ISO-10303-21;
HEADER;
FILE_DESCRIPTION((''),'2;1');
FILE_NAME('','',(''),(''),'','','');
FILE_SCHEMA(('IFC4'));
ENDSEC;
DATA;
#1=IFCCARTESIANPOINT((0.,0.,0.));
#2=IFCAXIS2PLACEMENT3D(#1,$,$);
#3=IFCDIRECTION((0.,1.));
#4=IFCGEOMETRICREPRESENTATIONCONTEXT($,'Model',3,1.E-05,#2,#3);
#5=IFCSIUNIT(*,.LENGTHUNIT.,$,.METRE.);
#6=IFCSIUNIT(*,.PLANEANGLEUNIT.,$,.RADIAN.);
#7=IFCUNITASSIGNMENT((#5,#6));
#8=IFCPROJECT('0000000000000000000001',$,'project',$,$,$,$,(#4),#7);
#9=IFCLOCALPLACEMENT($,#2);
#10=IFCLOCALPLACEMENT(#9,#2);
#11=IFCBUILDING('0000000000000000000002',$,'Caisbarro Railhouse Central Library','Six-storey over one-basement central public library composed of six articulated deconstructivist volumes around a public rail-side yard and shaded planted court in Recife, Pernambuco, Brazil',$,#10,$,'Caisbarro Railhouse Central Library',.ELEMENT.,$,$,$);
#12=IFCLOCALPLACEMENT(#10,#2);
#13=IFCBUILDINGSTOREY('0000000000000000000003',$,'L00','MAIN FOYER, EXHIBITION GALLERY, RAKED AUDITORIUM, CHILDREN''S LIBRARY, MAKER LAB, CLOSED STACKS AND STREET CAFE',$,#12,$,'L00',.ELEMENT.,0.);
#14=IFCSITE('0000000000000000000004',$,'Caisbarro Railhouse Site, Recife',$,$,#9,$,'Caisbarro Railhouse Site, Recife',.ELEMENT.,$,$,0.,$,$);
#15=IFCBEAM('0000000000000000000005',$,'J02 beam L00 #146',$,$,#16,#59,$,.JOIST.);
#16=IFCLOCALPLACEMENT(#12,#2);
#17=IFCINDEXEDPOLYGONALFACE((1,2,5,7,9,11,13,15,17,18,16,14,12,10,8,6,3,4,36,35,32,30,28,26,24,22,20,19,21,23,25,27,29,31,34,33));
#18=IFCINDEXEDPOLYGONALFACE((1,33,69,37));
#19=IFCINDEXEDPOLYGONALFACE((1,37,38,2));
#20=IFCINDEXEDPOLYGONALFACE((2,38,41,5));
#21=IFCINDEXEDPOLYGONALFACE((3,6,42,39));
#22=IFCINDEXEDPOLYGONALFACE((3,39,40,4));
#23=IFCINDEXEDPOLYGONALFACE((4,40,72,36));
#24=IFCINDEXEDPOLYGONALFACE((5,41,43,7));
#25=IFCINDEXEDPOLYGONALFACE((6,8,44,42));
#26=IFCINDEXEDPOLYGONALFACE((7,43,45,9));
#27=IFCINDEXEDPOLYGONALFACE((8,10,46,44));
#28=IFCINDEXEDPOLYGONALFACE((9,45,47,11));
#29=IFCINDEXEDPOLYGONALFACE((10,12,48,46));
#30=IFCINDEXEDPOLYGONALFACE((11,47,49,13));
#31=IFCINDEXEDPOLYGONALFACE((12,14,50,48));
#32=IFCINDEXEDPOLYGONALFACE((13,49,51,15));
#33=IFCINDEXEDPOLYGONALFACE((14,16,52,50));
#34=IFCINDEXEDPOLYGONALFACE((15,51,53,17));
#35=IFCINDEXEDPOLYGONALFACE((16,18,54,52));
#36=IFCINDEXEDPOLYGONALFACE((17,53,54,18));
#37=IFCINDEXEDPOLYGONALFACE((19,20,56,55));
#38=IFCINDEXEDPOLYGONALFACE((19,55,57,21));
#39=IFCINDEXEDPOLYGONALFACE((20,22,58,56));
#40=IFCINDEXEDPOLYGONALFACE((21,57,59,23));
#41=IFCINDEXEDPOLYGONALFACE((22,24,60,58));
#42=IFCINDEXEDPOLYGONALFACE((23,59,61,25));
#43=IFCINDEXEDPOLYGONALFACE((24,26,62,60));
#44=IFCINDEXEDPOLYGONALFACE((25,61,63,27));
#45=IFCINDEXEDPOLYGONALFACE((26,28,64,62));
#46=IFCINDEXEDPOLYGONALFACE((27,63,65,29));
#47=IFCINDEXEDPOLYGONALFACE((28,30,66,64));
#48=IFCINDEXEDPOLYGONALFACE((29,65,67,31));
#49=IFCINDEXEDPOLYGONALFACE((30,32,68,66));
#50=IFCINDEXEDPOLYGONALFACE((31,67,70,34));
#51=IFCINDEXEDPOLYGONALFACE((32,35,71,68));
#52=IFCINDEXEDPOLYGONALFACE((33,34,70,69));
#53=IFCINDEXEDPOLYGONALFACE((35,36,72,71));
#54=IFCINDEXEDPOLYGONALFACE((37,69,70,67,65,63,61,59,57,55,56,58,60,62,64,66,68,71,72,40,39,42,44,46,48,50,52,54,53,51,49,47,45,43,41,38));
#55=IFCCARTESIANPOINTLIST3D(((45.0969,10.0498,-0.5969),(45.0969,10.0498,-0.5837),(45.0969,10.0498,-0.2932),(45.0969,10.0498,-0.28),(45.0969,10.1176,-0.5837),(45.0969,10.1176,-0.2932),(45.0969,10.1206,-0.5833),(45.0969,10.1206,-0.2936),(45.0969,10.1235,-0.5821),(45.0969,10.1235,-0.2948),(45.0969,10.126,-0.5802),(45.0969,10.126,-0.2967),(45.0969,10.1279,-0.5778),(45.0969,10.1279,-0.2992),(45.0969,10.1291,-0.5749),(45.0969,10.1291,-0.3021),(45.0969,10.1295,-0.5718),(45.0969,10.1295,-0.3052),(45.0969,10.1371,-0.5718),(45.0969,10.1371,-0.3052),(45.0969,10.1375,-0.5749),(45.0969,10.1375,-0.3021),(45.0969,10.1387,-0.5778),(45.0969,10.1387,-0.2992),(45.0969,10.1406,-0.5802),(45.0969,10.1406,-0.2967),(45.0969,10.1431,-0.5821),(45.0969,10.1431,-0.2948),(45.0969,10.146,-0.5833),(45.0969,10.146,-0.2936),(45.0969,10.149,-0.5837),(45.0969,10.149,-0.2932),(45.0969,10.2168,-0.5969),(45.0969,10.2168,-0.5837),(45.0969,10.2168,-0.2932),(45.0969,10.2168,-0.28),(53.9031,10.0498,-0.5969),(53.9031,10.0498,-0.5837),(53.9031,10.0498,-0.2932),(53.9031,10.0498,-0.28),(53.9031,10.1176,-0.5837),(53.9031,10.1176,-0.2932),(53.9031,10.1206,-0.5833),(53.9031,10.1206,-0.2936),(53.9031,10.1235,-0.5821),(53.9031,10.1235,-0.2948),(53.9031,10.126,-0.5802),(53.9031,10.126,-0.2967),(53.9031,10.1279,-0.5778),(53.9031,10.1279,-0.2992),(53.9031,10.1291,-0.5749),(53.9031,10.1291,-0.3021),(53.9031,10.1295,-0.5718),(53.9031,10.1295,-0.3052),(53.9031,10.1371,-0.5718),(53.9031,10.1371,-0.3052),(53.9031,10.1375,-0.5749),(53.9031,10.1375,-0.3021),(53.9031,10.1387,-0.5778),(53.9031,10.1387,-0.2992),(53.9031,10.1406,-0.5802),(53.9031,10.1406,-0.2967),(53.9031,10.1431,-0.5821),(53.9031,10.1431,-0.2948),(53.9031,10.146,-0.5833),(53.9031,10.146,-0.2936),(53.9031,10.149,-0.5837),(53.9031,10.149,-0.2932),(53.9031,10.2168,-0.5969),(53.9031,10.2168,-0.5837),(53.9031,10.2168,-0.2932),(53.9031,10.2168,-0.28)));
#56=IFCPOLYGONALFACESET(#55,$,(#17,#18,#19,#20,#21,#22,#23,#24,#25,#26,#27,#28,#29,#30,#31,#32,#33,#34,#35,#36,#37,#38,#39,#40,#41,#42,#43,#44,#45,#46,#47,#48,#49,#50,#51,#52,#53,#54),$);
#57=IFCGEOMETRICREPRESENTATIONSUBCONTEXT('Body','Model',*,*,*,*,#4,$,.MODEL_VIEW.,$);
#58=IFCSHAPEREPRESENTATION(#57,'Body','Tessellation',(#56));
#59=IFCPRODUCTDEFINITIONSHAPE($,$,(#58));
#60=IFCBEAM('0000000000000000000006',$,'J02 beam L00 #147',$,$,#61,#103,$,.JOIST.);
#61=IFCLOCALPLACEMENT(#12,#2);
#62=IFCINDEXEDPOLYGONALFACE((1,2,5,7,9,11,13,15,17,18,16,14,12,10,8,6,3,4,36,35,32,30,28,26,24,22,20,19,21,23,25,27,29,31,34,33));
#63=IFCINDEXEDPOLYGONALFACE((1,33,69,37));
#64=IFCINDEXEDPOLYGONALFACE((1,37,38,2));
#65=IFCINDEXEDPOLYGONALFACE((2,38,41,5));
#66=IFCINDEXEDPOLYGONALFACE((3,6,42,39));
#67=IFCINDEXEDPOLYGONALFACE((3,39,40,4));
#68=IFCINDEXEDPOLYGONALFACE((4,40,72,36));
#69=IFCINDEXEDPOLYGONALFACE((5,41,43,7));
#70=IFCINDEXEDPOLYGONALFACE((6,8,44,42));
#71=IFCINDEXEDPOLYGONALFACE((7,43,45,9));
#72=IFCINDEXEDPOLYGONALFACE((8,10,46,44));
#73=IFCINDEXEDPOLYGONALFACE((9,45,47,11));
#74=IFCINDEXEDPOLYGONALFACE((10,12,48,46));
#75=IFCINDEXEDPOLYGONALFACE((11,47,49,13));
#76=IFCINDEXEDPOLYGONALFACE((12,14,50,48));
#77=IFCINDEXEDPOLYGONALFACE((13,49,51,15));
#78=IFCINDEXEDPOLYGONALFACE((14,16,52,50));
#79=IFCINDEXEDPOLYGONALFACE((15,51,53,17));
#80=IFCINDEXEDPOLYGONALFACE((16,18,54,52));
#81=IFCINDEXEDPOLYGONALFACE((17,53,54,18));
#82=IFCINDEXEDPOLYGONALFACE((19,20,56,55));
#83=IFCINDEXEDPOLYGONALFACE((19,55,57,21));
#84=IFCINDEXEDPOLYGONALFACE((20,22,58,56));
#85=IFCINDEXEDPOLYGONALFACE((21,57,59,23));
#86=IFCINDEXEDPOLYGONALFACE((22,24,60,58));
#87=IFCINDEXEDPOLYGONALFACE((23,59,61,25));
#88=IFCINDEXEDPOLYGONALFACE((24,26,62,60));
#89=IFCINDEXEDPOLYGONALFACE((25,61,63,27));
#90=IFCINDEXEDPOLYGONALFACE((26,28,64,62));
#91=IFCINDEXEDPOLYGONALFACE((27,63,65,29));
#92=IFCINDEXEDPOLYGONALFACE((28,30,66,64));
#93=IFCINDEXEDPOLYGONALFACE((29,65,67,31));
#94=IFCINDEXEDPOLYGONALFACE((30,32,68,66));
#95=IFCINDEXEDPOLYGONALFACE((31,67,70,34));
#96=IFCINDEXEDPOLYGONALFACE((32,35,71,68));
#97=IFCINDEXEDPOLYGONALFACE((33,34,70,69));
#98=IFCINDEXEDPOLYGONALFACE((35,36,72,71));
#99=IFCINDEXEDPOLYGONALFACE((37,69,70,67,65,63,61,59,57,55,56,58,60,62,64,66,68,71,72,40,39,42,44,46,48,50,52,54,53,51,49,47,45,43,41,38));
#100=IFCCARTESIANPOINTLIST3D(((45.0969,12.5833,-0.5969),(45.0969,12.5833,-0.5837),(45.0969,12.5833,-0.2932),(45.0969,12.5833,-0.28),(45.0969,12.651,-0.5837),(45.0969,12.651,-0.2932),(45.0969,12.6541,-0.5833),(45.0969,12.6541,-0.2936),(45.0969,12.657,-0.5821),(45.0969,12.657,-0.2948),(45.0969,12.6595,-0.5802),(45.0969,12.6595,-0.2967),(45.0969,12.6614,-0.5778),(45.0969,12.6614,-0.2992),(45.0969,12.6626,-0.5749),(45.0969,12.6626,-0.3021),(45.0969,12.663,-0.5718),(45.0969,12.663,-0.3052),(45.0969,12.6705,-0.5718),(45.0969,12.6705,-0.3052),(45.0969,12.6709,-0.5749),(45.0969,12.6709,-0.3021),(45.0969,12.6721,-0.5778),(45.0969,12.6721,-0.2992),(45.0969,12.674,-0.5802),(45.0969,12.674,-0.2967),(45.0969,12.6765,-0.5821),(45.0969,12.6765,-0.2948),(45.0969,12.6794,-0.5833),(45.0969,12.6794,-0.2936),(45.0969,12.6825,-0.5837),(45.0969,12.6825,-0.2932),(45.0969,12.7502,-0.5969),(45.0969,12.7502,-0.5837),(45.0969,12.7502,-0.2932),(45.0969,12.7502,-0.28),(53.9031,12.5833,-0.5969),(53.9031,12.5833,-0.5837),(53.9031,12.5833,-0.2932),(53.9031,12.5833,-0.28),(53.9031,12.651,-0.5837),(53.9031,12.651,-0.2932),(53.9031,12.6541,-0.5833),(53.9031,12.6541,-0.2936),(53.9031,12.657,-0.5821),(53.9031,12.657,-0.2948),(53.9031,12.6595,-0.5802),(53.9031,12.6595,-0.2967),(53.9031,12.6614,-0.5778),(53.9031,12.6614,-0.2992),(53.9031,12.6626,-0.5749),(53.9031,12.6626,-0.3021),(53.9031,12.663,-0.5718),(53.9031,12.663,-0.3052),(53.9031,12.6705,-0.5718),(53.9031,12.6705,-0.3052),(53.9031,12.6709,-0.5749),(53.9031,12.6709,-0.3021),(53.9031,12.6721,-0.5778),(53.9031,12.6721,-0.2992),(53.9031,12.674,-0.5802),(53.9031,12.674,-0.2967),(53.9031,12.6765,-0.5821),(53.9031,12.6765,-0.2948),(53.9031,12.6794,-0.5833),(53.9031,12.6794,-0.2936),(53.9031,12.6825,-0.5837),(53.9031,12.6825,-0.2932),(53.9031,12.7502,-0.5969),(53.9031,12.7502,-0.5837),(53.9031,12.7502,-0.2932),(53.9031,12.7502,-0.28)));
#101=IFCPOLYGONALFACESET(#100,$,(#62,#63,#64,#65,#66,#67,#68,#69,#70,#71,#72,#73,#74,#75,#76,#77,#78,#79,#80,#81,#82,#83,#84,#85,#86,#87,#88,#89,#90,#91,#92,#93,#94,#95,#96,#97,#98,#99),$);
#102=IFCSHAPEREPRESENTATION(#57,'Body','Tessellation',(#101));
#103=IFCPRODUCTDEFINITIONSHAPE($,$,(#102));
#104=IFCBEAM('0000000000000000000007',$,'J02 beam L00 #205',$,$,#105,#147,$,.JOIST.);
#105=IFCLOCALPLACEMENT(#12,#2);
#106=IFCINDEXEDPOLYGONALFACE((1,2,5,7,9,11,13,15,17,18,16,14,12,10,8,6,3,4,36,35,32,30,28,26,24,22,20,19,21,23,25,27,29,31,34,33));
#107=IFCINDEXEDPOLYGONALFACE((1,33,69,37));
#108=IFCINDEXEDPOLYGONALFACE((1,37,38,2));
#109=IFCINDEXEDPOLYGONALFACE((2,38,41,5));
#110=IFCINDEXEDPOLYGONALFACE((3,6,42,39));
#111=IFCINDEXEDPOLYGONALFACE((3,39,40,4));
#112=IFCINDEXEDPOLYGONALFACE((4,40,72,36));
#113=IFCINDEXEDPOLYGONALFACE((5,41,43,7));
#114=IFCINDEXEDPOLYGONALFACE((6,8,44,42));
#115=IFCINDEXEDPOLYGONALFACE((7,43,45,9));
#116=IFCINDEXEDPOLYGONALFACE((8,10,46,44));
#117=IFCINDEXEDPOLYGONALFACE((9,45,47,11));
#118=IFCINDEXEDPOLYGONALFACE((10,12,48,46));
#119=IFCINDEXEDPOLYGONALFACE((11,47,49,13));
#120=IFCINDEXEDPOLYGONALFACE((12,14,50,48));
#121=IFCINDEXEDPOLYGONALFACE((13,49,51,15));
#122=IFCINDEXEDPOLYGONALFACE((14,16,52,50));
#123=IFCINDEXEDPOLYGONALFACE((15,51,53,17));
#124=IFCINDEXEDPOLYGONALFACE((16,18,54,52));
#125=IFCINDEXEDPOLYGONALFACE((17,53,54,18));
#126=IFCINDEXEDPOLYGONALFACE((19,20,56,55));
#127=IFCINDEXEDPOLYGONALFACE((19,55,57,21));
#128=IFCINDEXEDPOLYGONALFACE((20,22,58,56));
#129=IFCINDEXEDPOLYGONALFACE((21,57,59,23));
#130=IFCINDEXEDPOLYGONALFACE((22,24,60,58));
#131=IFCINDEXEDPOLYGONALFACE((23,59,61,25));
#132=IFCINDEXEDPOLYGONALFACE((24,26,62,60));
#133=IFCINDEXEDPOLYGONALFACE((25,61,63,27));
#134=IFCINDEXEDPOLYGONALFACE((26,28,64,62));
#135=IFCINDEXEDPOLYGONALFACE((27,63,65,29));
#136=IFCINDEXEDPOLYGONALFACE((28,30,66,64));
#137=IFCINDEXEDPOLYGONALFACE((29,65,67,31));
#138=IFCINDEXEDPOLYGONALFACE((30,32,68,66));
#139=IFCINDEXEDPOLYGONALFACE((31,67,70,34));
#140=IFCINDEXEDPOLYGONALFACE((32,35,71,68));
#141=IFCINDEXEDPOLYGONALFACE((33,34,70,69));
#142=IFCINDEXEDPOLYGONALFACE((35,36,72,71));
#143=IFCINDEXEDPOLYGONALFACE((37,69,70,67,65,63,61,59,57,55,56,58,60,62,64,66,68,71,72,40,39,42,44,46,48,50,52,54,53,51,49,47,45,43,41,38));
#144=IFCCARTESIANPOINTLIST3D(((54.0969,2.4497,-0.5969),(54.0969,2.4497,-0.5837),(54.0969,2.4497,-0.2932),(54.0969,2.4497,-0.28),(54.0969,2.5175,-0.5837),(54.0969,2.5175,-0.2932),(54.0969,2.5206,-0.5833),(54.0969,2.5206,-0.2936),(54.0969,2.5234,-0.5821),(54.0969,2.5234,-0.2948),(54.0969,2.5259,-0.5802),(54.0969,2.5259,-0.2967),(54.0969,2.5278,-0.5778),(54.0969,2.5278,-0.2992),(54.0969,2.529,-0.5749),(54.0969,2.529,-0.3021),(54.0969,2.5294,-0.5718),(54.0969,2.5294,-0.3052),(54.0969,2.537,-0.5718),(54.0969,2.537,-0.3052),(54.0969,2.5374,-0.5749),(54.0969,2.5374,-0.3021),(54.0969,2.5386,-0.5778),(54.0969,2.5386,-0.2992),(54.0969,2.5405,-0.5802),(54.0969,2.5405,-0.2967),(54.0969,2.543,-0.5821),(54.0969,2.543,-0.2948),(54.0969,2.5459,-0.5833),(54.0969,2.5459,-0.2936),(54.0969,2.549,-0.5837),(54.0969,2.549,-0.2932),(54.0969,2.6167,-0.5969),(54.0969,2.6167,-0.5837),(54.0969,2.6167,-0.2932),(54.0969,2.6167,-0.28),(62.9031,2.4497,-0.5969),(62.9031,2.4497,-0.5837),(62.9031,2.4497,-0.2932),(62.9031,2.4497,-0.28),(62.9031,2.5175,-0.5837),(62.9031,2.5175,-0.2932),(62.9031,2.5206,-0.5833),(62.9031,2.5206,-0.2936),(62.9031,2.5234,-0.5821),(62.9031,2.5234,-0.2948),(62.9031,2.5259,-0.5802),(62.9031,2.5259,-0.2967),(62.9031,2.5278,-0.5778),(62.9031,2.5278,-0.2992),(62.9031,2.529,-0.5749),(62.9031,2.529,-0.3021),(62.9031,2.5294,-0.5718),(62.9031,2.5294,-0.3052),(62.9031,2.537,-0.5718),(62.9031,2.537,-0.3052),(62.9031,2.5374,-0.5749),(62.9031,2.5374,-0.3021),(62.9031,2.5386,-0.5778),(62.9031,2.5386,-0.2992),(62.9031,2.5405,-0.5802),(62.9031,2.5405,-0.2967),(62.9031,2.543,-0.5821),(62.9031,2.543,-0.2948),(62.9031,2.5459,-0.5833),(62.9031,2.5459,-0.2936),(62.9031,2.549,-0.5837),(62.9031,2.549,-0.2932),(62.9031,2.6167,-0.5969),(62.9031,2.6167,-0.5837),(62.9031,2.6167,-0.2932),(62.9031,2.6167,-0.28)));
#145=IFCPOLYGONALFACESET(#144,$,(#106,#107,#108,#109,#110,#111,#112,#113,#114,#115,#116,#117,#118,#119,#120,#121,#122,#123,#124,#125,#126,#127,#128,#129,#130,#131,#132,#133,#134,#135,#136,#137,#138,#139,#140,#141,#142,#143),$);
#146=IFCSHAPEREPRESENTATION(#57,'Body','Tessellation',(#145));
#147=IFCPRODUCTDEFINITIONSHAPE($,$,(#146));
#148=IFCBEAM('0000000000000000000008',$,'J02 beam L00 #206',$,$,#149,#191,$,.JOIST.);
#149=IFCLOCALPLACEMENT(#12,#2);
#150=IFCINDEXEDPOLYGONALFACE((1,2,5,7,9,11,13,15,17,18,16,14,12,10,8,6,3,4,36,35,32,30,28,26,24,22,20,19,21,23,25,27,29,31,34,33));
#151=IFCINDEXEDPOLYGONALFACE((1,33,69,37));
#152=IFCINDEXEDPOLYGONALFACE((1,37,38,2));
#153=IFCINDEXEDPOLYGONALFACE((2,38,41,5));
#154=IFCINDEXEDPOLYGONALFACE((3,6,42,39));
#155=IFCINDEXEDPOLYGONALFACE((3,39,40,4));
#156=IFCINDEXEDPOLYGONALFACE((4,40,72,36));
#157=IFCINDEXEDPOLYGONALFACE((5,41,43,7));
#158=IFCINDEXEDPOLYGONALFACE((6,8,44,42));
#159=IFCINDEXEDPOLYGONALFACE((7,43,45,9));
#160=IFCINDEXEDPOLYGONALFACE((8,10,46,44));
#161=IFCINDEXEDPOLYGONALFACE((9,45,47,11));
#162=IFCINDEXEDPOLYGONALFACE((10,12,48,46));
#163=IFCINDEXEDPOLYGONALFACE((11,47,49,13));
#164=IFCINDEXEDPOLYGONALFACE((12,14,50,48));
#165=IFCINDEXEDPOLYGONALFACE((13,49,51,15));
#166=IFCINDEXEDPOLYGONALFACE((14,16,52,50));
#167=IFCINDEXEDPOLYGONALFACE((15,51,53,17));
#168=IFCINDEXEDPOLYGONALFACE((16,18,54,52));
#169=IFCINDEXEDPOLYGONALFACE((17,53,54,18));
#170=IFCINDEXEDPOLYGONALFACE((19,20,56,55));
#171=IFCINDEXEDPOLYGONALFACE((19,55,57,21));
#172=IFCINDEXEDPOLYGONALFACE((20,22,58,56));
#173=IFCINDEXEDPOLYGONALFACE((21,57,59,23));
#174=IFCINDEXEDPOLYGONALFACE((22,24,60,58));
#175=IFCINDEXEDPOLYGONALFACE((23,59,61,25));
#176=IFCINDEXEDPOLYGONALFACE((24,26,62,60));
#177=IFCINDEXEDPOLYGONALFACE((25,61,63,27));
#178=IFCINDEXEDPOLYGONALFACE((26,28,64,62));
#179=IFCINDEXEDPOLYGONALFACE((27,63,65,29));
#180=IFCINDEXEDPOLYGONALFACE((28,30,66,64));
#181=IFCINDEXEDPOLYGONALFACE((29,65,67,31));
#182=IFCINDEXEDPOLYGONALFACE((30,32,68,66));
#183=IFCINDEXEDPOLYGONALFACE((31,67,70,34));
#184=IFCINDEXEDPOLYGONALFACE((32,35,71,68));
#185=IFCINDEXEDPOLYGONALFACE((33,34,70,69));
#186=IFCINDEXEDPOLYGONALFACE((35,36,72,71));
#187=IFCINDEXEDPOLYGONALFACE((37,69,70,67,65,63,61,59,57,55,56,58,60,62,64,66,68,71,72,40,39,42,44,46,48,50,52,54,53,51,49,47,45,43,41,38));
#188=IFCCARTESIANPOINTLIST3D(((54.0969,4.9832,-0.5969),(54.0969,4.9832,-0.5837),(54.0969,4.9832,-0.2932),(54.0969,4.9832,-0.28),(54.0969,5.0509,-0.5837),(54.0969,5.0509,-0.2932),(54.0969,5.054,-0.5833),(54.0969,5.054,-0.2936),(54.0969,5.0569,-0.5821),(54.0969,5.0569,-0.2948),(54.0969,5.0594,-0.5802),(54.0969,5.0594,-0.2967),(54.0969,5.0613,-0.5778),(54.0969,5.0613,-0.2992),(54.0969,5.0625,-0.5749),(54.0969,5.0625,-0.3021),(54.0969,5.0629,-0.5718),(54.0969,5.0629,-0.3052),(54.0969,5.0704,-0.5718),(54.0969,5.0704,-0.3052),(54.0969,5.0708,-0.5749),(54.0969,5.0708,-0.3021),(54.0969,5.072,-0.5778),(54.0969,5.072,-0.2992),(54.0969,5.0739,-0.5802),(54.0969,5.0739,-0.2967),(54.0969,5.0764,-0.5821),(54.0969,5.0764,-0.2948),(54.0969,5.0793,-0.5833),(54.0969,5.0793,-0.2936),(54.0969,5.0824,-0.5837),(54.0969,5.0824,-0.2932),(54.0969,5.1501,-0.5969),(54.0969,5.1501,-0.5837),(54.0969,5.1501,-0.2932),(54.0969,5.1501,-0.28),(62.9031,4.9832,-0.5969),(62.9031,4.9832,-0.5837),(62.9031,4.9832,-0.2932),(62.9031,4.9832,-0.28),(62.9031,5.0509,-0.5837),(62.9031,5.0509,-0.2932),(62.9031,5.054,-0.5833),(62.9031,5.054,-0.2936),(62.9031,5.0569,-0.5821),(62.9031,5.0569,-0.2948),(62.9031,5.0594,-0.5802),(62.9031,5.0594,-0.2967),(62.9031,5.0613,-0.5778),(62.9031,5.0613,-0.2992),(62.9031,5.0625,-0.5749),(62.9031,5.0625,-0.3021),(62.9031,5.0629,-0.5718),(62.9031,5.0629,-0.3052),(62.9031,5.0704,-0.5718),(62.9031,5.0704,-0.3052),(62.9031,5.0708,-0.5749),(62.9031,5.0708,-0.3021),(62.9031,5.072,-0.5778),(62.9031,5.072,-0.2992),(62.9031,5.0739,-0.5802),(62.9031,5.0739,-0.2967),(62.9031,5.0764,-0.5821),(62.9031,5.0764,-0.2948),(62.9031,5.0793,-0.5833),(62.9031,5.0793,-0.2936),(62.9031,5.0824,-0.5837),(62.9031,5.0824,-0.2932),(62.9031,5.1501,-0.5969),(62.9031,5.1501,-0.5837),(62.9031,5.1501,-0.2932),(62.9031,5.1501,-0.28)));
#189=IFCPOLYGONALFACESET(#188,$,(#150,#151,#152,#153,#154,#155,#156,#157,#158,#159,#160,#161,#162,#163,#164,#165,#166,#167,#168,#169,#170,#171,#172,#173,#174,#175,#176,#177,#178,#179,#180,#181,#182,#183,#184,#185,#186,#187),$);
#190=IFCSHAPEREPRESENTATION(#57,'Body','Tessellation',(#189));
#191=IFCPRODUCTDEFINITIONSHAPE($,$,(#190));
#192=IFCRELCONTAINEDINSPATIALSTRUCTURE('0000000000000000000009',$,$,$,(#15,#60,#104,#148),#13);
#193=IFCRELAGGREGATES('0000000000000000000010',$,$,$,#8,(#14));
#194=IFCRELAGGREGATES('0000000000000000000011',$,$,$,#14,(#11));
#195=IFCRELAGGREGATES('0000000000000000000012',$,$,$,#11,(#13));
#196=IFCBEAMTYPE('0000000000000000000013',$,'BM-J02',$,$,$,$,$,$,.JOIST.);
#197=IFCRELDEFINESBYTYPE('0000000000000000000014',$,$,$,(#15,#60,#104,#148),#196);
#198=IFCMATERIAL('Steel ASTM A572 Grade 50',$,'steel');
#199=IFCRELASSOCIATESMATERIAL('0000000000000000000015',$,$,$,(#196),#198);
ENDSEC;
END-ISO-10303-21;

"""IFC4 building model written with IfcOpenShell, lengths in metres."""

from ifc_helpers import new_model, si_unit, direction, frame, origin, origin_2d, place, context, subcontext, project, spatial, i_section, extrude, material, material_profile, profile_set, type_object, element, save


model = new_model("IFC4")

# Units and contexts
model_context = context("Model", 3, precision=1e-05, world=origin(), true_north=direction((0.0, 1.0)))
body_context = subcontext(model_context, "Body", "Model", "MODEL_VIEW")
ifc_project = project(units=[si_unit("LENGTHUNIT", "METRE"), si_unit("PLANEANGLEUNIT", "RADIAN")], contexts=[model_context])

# Site, building, storey
site_placement = place(None, origin())
site = spatial("IfcSite", under=ifc_project, at=site_placement, Name="Caisbarro Railhouse Site, Recife", LongName="Caisbarro Railhouse Site, Recife", CompositionType="ELEMENT", RefElevation=0.0)
building_placement = place(site_placement, origin())
building = spatial("IfcBuilding", under=site, at=building_placement, Name="Caisbarro Railhouse Central Library", Description="Six-storey over one-basement central public library composed of six articulated deconstructivist volumes around a public rail-side yard and shaded planted court in Recife, Pernambuco, Brazil", LongName="Caisbarro Railhouse Central Library", CompositionType="ELEMENT")
storey_placement = place(building_placement, origin())
storey = spatial("IfcBuildingStorey", under=building, at=storey_placement, Name="L00", Description="MAIN FOYER, EXHIBITION GALLERY, RAKED AUDITORIUM, CHILDREN'S LIBRARY, MAKER LAB, CLOSED STACKS AND STREET CAFE", LongName="L00", CompositionType="ELEMENT", Elevation=0.0)

# Shared definitions
ifc_material_1 = material(Name="Steel ASTM A572 Grade 50", Category="steel")

# Beams
ifc_material_profile_1 = material_profile(ifc_material_1, i_section(OverallWidth=0.167, OverallDepth=0.3169, WebThickness=0.0076, FlangeThickness=0.0132, FilletRadius=0.012, at=origin_2d()), Name="W310X52.0")
ifc_profile_set_1 = profile_set([ifc_material_profile_1], Name="Steel ASTM A572 Grade 50")
beam_type_1 = type_object("IfcBeamType", Name="BM-J02", PredefinedType="JOIST", material=ifc_profile_set_1)
for number, where, z_axis, x_axis, name in (
    (1, (45.0969, 10.1333, -0.4385), (1.0, 0.0, 0.0), (0.0, 1.0, 0.0), "J02 beam L00 #146"),
    (2, (45.0969, 12.6667, -0.4385), (1.0, 0.0, 0.0), (0.0, 1.0, 0.0), "J02 beam L00 #147"),
    (3, (54.0969, 2.5332, -0.4385), (1.0, 0.0, 0.0), (0.0, 1.0, 0.0), "J02 beam L00 #205"),
    (4, (54.0969, 5.0667, -0.4385), (1.0, 0.0, 0.0), (0.0, 1.0, 0.0), "J02 beam L00 #206"),
):
    element("IfcBeam", number, at=place(storey_placement, frame(where, z_axis=z_axis, x_axis=x_axis)), inside=storey, type_object=beam_type_1, Name=name, PredefinedType="JOIST", context=body_context, shape_type="SweptSolid", body=[
        extrude(i_section(OverallWidth=0.167, OverallDepth=0.3169, WebThickness=0.0076, FlangeThickness=0.0132, FilletRadius=0.012, at=origin_2d()), origin(), (0.0, 0.0, 1.0), 8.8062),
    ])

save(model, "model.ifc")
